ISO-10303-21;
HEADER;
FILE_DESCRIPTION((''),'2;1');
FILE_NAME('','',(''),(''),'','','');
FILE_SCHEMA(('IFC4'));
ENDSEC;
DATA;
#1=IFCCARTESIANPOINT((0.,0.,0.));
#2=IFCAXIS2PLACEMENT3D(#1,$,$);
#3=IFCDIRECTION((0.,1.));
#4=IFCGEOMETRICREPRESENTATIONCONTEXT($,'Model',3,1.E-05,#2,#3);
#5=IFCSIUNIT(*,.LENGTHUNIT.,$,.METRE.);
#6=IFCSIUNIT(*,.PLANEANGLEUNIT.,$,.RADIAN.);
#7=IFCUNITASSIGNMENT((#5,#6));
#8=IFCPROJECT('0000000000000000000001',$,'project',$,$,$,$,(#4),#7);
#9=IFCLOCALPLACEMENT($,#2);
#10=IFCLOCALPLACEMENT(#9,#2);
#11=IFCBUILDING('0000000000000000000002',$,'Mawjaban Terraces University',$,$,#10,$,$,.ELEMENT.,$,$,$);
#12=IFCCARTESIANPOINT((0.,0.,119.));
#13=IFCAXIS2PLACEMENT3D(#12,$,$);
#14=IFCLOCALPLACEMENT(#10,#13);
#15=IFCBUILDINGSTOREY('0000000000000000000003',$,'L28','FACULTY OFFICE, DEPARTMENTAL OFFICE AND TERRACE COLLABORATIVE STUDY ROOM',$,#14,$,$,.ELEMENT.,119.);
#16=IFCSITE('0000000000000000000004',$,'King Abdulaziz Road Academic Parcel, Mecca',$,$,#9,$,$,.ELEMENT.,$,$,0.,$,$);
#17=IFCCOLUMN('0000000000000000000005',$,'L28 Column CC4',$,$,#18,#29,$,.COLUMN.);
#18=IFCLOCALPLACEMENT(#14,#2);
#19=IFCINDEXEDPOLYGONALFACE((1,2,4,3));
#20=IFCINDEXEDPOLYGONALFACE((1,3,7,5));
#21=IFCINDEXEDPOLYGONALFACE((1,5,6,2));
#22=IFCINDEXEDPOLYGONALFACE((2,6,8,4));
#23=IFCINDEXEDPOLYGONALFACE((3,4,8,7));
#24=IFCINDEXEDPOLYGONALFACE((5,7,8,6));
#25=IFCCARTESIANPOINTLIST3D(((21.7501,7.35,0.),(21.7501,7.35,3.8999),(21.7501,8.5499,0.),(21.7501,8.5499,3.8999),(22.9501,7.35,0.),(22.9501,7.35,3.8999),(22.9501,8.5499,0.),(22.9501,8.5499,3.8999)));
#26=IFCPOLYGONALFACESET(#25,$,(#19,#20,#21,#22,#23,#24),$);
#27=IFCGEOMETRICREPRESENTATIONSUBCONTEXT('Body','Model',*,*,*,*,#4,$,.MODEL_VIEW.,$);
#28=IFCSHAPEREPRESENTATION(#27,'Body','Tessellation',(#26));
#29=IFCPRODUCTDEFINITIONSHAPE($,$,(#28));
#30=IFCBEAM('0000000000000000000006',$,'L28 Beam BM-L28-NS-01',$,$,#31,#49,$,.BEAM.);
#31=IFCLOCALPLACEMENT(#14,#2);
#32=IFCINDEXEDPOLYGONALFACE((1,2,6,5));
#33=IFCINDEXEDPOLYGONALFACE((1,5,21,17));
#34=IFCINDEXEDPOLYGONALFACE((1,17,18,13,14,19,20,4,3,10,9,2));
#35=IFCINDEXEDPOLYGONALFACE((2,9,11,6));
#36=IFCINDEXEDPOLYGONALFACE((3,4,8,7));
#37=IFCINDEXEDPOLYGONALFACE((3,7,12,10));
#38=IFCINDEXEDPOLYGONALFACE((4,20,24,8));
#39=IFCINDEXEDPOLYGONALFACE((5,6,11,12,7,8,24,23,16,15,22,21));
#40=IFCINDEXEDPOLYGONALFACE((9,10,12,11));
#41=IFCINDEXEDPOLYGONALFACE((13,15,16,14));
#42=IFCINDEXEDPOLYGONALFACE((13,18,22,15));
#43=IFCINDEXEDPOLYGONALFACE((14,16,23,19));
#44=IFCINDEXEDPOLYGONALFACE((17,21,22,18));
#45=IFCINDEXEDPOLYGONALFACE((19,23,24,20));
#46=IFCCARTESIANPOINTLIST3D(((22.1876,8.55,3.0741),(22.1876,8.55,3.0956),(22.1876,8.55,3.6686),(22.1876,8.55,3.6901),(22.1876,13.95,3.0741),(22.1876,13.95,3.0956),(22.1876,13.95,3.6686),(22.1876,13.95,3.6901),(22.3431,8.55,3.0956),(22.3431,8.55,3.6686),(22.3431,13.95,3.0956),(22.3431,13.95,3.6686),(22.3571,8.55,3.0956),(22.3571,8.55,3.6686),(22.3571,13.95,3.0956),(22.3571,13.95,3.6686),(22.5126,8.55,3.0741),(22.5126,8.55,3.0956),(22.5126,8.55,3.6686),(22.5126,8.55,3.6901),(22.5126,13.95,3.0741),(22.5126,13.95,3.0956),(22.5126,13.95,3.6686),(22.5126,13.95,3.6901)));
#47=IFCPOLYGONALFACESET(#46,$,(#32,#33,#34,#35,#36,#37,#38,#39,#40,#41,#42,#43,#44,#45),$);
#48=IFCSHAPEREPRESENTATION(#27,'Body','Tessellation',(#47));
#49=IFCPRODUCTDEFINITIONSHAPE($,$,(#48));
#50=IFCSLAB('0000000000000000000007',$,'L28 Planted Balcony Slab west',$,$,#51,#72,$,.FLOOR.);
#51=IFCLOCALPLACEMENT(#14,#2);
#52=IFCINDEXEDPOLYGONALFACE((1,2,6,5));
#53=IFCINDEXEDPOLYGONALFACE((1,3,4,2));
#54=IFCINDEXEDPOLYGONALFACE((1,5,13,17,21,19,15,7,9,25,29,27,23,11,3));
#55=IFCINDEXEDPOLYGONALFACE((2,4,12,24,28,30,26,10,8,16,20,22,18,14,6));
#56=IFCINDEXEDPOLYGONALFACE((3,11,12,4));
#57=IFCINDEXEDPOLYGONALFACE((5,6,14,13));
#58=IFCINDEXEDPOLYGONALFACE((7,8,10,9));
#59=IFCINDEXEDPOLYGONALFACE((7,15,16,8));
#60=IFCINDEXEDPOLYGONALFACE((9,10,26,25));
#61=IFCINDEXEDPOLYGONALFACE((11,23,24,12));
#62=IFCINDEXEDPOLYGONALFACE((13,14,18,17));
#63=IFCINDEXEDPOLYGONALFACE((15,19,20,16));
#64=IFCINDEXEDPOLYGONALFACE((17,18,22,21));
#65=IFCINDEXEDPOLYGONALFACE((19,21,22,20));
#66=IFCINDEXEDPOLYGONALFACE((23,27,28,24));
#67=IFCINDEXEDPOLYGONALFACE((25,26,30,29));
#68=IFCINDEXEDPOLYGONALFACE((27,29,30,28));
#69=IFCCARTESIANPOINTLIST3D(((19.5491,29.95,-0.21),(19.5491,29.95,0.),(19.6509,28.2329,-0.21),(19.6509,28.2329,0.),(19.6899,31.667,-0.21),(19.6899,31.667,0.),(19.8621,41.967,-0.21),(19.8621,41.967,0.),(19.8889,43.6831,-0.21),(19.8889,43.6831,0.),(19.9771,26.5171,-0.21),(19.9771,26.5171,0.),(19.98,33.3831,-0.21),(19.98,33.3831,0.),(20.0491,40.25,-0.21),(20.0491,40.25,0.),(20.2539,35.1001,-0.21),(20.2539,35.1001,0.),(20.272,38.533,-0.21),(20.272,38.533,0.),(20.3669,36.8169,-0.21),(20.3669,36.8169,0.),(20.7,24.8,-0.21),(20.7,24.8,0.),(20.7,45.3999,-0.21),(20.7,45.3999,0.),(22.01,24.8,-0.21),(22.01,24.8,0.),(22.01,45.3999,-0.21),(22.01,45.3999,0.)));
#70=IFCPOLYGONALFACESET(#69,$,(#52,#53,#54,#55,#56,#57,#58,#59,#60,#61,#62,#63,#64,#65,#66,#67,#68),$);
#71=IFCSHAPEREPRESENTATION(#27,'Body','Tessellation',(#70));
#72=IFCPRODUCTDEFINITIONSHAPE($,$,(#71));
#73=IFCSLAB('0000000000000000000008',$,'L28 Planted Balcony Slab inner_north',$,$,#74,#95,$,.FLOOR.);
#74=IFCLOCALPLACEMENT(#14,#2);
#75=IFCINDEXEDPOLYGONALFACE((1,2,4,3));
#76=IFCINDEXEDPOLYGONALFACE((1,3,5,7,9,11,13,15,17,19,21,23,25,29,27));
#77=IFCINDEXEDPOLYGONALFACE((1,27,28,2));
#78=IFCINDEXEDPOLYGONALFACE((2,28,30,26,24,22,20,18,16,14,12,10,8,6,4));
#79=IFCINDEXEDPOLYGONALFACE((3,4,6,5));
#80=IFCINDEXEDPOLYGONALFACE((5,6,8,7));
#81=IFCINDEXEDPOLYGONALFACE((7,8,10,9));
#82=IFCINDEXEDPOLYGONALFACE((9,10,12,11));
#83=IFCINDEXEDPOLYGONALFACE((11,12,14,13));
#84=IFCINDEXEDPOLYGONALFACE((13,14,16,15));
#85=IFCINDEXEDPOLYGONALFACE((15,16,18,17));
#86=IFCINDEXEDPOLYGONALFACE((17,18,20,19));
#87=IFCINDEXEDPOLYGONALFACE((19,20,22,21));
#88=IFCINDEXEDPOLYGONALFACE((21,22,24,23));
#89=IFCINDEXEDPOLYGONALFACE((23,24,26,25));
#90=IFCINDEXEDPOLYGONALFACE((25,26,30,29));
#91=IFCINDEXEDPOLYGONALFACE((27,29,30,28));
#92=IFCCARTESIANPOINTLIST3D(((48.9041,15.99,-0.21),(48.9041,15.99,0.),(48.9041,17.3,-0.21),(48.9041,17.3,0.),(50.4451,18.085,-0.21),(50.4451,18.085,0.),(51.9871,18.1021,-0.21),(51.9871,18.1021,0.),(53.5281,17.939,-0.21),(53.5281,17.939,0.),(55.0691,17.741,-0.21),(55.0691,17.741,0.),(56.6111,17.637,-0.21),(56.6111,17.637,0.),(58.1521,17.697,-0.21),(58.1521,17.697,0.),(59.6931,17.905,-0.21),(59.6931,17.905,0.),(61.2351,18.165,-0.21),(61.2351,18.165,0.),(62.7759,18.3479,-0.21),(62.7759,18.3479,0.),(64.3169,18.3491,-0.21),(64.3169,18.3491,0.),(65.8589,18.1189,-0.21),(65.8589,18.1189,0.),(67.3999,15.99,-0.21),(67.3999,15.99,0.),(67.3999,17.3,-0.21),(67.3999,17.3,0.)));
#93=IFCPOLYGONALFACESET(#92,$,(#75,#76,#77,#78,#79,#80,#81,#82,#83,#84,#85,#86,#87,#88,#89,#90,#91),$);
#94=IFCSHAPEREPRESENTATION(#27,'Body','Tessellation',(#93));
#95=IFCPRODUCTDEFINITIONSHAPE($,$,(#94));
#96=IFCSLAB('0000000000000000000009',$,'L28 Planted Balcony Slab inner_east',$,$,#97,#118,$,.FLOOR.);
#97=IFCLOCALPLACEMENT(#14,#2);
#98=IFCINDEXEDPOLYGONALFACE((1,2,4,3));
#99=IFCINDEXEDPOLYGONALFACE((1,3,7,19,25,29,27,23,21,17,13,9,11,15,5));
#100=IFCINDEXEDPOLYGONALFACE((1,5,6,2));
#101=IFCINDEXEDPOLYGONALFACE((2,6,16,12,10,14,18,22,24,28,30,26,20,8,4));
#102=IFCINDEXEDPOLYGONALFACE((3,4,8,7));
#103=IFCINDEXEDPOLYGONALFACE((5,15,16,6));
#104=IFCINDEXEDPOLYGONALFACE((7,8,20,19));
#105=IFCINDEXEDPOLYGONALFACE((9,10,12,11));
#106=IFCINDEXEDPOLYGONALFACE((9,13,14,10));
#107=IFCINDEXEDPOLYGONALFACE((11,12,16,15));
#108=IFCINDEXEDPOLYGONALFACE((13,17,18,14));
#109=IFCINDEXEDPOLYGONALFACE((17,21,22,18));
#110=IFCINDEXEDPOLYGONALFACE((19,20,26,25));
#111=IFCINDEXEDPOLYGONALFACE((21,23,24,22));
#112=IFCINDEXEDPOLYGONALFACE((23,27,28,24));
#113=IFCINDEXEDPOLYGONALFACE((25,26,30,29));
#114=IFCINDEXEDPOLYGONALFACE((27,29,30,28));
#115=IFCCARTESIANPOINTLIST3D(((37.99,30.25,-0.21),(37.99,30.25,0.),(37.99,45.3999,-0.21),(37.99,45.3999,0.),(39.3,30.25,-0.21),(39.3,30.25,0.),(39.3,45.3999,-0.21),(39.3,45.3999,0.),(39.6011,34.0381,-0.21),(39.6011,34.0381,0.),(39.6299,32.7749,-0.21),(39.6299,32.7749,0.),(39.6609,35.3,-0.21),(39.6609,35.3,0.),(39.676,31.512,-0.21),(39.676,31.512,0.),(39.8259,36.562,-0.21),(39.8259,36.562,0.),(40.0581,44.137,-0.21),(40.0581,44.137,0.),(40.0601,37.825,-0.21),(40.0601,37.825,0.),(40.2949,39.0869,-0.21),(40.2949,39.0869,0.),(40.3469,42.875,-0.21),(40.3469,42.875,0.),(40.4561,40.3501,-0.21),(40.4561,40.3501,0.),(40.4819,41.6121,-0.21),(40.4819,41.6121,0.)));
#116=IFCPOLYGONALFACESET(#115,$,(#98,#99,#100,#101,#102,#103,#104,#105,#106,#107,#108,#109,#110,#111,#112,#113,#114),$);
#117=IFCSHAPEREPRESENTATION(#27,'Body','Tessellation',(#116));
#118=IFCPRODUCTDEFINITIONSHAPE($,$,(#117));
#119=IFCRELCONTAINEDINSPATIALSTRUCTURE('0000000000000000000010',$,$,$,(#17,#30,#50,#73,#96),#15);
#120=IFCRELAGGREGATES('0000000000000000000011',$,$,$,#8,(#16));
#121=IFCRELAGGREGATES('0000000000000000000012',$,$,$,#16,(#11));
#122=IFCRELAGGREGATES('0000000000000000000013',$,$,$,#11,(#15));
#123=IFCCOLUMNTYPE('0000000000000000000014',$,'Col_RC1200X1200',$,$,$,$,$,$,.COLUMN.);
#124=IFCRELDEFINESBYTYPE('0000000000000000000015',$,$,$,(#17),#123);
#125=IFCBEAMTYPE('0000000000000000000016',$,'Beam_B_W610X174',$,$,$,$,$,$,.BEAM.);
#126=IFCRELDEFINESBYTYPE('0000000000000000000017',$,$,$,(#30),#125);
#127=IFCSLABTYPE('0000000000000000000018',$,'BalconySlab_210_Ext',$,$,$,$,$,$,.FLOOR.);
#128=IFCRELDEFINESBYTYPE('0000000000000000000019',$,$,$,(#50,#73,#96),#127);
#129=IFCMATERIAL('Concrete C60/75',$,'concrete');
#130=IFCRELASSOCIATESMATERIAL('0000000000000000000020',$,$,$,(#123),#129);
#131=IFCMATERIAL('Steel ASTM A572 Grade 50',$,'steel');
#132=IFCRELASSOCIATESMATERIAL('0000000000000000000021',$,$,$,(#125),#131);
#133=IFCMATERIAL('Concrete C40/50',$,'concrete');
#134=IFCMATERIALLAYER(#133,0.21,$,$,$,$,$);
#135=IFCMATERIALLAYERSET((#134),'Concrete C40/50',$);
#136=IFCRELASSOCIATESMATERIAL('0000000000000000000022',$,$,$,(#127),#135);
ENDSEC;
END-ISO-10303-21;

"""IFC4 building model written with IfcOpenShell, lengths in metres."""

from ifc_helpers import new_model, si_unit, direction, frame, origin, origin_2d, place, context, subcontext, project, spatial, polyline, rectangle, i_section, outline, extrude, material, layer, layer_set, material_profile, profile_set, type_object, element, save


model = new_model("IFC4")

# Units and contexts
model_context = context("Model", 3, precision=1e-05, world=origin(), true_north=direction((0.0, 1.0)))
body_context = subcontext(model_context, "Body", "Model", "MODEL_VIEW")
ifc_project = project(units=[si_unit("LENGTHUNIT", "METRE"), si_unit("PLANEANGLEUNIT", "RADIAN")], contexts=[model_context])

# Site, building, storey
site_placement = place(None, origin())
site = spatial("IfcSite", under=ifc_project, at=site_placement, Name="King Abdulaziz Road Academic Parcel, Mecca", CompositionType="ELEMENT", RefElevation=0.0)
building_placement = place(site_placement, origin())
building = spatial("IfcBuilding", under=site, at=building_placement, Name="Mawjaban Terraces University", CompositionType="ELEMENT")
storey_placement = place(building_placement, frame((0.0, 0.0, 119.0)))
storey = spatial("IfcBuildingStorey", under=building, at=storey_placement, Name="L28", Description="FACULTY OFFICE, DEPARTMENTAL OFFICE AND TERRACE COLLABORATIVE STUDY ROOM", CompositionType="ELEMENT", Elevation=119.0)

# Column
ifc_material_1 = material(Name="Concrete C60/75", Category="concrete")
ifc_material_profile_1 = material_profile(ifc_material_1, rectangle(XDim=1.2, YDim=1.2, at=origin_2d()), Name="RC1200X1200")
ifc_profile_set_1 = profile_set([ifc_material_profile_1], Name="Concrete C60/75")
column_type = type_object("IfcColumnType", Name="Col_RC1200X1200", PredefinedType="COLUMN", material=ifc_profile_set_1)
column_placement = place(storey_placement, frame((22.3501, 7.95, 0.0), z_axis=(0.0, 0.0, 1.0), x_axis=(1.0, 0.0, 0.0)))
element("IfcColumn", 1, at=column_placement, inside=storey, type_object=column_type, Name="L28 Column CC4", PredefinedType="COLUMN", context=body_context, shape_type="SweptSolid", body=[
    extrude(rectangle(XDim=1.2, YDim=1.2, at=origin_2d()), origin(), (0.0, 0.0, 1.0), 3.8999),
])

# Beam
ifc_material_2 = material(Name="Steel ASTM A572 Grade 50", Category="steel")
ifc_material_profile_2 = material_profile(ifc_material_2, i_section(OverallWidth=0.325, OverallDepth=0.616, WebThickness=0.0139, FlangeThickness=0.0215, at=origin_2d()), Name="W610X174")
ifc_profile_set_2 = profile_set([ifc_material_profile_2], Name="Steel ASTM A572 Grade 50")
beam_type = type_object("IfcBeamType", Name="Beam_B_W610X174", PredefinedType="BEAM", material=ifc_profile_set_2)
beam_placement = place(storey_placement, frame((22.3501, 8.55, 3.3821), z_axis=(0.0, 1.0, 0.0), x_axis=(-1.0, 0.0, 0.0)))
element("IfcBeam", 2, at=beam_placement, inside=storey, type_object=beam_type, Name="L28 Beam BM-L28-NS-01", PredefinedType="BEAM", context=body_context, shape_type="SweptSolid", body=[
    extrude(i_section(OverallWidth=0.325, OverallDepth=0.616, WebThickness=0.0139, FlangeThickness=0.0215, at=origin_2d()), origin(), (0.0, 0.0, 1.0), 5.3999),
])

# Slabs
ifc_material_3 = material(Name="Concrete C40/50", Category="concrete")
ifc_layer_1 = layer(ifc_material_3, 0.21)
ifc_layer_set_1 = layer_set([ifc_layer_1], Name="Concrete C40/50")
slab_type_1 = type_object("IfcSlabType", Name="BalconySlab_210_Ext", PredefinedType="FLOOR", material=ifc_layer_set_1)
slab_1_placement = place(storey_placement, frame((0.0, 0.0, -0.21)))
element("IfcSlab", 3, at=slab_1_placement, inside=storey, type_object=slab_type_1, Name="L28 Planted Balcony Slab west", PredefinedType="FLOOR", context=body_context, shape_type="SweptSolid", body=[
    extrude(outline(polyline([(22.01, 24.8), (22.01, 45.3999), (20.7, 45.3999), (19.8889, 43.6831), (19.8621, 41.967), (20.0491, 40.25), (20.272, 38.533), (20.3669, 36.8169), (20.2539, 35.1001), (19.98, 33.3831), (19.6899, 31.667), (19.5491, 29.95), (19.6509, 28.2329), (19.9771, 26.5171), (20.7, 24.8), (22.01, 24.8)])), origin(), (0.0, 0.0, 1.0), 0.21),
])
slab_2_placement = place(storey_placement, frame((0.0, 0.0, -0.21)))
element("IfcSlab", 4, at=slab_2_placement, inside=storey, type_object=slab_type_1, Name="L28 Planted Balcony Slab inner_north", PredefinedType="FLOOR", context=body_context, shape_type="SweptSolid", body=[
    extrude(outline(polyline([(48.9041, 15.99), (67.3999, 15.99), (67.3999, 17.3), (65.8589, 18.1189), (64.3169, 18.3491), (62.7759, 18.3479), (61.2351, 18.165), (59.6931, 17.905), (58.1521, 17.697), (56.6111, 17.637), (55.0691, 17.741), (53.5281, 17.939), (51.9871, 18.1021), (50.4451, 18.085), (48.9041, 17.3), (48.9041, 15.99)])), origin(), (0.0, 0.0, 1.0), 0.21),
])
slab_3_placement = place(storey_placement, frame((0.0, 0.0, -0.21)))
element("IfcSlab", 5, at=slab_3_placement, inside=storey, type_object=slab_type_1, Name="L28 Planted Balcony Slab inner_east", PredefinedType="FLOOR", context=body_context, shape_type="SweptSolid", body=[
    extrude(outline(polyline([(39.3, 30.25), (39.676, 31.512), (39.6299, 32.7749), (39.6011, 34.0381), (39.6609, 35.3), (39.8259, 36.562), (40.0601, 37.825), (40.2949, 39.0869), (40.4561, 40.3501), (40.4819, 41.6121), (40.3469, 42.875), (40.0581, 44.137), (39.3, 45.3999), (37.99, 45.3999), (37.99, 30.25), (39.3, 30.25)])), origin(), (0.0, 0.0, 1.0), 0.21),
])

save(model, "model.ifc")
